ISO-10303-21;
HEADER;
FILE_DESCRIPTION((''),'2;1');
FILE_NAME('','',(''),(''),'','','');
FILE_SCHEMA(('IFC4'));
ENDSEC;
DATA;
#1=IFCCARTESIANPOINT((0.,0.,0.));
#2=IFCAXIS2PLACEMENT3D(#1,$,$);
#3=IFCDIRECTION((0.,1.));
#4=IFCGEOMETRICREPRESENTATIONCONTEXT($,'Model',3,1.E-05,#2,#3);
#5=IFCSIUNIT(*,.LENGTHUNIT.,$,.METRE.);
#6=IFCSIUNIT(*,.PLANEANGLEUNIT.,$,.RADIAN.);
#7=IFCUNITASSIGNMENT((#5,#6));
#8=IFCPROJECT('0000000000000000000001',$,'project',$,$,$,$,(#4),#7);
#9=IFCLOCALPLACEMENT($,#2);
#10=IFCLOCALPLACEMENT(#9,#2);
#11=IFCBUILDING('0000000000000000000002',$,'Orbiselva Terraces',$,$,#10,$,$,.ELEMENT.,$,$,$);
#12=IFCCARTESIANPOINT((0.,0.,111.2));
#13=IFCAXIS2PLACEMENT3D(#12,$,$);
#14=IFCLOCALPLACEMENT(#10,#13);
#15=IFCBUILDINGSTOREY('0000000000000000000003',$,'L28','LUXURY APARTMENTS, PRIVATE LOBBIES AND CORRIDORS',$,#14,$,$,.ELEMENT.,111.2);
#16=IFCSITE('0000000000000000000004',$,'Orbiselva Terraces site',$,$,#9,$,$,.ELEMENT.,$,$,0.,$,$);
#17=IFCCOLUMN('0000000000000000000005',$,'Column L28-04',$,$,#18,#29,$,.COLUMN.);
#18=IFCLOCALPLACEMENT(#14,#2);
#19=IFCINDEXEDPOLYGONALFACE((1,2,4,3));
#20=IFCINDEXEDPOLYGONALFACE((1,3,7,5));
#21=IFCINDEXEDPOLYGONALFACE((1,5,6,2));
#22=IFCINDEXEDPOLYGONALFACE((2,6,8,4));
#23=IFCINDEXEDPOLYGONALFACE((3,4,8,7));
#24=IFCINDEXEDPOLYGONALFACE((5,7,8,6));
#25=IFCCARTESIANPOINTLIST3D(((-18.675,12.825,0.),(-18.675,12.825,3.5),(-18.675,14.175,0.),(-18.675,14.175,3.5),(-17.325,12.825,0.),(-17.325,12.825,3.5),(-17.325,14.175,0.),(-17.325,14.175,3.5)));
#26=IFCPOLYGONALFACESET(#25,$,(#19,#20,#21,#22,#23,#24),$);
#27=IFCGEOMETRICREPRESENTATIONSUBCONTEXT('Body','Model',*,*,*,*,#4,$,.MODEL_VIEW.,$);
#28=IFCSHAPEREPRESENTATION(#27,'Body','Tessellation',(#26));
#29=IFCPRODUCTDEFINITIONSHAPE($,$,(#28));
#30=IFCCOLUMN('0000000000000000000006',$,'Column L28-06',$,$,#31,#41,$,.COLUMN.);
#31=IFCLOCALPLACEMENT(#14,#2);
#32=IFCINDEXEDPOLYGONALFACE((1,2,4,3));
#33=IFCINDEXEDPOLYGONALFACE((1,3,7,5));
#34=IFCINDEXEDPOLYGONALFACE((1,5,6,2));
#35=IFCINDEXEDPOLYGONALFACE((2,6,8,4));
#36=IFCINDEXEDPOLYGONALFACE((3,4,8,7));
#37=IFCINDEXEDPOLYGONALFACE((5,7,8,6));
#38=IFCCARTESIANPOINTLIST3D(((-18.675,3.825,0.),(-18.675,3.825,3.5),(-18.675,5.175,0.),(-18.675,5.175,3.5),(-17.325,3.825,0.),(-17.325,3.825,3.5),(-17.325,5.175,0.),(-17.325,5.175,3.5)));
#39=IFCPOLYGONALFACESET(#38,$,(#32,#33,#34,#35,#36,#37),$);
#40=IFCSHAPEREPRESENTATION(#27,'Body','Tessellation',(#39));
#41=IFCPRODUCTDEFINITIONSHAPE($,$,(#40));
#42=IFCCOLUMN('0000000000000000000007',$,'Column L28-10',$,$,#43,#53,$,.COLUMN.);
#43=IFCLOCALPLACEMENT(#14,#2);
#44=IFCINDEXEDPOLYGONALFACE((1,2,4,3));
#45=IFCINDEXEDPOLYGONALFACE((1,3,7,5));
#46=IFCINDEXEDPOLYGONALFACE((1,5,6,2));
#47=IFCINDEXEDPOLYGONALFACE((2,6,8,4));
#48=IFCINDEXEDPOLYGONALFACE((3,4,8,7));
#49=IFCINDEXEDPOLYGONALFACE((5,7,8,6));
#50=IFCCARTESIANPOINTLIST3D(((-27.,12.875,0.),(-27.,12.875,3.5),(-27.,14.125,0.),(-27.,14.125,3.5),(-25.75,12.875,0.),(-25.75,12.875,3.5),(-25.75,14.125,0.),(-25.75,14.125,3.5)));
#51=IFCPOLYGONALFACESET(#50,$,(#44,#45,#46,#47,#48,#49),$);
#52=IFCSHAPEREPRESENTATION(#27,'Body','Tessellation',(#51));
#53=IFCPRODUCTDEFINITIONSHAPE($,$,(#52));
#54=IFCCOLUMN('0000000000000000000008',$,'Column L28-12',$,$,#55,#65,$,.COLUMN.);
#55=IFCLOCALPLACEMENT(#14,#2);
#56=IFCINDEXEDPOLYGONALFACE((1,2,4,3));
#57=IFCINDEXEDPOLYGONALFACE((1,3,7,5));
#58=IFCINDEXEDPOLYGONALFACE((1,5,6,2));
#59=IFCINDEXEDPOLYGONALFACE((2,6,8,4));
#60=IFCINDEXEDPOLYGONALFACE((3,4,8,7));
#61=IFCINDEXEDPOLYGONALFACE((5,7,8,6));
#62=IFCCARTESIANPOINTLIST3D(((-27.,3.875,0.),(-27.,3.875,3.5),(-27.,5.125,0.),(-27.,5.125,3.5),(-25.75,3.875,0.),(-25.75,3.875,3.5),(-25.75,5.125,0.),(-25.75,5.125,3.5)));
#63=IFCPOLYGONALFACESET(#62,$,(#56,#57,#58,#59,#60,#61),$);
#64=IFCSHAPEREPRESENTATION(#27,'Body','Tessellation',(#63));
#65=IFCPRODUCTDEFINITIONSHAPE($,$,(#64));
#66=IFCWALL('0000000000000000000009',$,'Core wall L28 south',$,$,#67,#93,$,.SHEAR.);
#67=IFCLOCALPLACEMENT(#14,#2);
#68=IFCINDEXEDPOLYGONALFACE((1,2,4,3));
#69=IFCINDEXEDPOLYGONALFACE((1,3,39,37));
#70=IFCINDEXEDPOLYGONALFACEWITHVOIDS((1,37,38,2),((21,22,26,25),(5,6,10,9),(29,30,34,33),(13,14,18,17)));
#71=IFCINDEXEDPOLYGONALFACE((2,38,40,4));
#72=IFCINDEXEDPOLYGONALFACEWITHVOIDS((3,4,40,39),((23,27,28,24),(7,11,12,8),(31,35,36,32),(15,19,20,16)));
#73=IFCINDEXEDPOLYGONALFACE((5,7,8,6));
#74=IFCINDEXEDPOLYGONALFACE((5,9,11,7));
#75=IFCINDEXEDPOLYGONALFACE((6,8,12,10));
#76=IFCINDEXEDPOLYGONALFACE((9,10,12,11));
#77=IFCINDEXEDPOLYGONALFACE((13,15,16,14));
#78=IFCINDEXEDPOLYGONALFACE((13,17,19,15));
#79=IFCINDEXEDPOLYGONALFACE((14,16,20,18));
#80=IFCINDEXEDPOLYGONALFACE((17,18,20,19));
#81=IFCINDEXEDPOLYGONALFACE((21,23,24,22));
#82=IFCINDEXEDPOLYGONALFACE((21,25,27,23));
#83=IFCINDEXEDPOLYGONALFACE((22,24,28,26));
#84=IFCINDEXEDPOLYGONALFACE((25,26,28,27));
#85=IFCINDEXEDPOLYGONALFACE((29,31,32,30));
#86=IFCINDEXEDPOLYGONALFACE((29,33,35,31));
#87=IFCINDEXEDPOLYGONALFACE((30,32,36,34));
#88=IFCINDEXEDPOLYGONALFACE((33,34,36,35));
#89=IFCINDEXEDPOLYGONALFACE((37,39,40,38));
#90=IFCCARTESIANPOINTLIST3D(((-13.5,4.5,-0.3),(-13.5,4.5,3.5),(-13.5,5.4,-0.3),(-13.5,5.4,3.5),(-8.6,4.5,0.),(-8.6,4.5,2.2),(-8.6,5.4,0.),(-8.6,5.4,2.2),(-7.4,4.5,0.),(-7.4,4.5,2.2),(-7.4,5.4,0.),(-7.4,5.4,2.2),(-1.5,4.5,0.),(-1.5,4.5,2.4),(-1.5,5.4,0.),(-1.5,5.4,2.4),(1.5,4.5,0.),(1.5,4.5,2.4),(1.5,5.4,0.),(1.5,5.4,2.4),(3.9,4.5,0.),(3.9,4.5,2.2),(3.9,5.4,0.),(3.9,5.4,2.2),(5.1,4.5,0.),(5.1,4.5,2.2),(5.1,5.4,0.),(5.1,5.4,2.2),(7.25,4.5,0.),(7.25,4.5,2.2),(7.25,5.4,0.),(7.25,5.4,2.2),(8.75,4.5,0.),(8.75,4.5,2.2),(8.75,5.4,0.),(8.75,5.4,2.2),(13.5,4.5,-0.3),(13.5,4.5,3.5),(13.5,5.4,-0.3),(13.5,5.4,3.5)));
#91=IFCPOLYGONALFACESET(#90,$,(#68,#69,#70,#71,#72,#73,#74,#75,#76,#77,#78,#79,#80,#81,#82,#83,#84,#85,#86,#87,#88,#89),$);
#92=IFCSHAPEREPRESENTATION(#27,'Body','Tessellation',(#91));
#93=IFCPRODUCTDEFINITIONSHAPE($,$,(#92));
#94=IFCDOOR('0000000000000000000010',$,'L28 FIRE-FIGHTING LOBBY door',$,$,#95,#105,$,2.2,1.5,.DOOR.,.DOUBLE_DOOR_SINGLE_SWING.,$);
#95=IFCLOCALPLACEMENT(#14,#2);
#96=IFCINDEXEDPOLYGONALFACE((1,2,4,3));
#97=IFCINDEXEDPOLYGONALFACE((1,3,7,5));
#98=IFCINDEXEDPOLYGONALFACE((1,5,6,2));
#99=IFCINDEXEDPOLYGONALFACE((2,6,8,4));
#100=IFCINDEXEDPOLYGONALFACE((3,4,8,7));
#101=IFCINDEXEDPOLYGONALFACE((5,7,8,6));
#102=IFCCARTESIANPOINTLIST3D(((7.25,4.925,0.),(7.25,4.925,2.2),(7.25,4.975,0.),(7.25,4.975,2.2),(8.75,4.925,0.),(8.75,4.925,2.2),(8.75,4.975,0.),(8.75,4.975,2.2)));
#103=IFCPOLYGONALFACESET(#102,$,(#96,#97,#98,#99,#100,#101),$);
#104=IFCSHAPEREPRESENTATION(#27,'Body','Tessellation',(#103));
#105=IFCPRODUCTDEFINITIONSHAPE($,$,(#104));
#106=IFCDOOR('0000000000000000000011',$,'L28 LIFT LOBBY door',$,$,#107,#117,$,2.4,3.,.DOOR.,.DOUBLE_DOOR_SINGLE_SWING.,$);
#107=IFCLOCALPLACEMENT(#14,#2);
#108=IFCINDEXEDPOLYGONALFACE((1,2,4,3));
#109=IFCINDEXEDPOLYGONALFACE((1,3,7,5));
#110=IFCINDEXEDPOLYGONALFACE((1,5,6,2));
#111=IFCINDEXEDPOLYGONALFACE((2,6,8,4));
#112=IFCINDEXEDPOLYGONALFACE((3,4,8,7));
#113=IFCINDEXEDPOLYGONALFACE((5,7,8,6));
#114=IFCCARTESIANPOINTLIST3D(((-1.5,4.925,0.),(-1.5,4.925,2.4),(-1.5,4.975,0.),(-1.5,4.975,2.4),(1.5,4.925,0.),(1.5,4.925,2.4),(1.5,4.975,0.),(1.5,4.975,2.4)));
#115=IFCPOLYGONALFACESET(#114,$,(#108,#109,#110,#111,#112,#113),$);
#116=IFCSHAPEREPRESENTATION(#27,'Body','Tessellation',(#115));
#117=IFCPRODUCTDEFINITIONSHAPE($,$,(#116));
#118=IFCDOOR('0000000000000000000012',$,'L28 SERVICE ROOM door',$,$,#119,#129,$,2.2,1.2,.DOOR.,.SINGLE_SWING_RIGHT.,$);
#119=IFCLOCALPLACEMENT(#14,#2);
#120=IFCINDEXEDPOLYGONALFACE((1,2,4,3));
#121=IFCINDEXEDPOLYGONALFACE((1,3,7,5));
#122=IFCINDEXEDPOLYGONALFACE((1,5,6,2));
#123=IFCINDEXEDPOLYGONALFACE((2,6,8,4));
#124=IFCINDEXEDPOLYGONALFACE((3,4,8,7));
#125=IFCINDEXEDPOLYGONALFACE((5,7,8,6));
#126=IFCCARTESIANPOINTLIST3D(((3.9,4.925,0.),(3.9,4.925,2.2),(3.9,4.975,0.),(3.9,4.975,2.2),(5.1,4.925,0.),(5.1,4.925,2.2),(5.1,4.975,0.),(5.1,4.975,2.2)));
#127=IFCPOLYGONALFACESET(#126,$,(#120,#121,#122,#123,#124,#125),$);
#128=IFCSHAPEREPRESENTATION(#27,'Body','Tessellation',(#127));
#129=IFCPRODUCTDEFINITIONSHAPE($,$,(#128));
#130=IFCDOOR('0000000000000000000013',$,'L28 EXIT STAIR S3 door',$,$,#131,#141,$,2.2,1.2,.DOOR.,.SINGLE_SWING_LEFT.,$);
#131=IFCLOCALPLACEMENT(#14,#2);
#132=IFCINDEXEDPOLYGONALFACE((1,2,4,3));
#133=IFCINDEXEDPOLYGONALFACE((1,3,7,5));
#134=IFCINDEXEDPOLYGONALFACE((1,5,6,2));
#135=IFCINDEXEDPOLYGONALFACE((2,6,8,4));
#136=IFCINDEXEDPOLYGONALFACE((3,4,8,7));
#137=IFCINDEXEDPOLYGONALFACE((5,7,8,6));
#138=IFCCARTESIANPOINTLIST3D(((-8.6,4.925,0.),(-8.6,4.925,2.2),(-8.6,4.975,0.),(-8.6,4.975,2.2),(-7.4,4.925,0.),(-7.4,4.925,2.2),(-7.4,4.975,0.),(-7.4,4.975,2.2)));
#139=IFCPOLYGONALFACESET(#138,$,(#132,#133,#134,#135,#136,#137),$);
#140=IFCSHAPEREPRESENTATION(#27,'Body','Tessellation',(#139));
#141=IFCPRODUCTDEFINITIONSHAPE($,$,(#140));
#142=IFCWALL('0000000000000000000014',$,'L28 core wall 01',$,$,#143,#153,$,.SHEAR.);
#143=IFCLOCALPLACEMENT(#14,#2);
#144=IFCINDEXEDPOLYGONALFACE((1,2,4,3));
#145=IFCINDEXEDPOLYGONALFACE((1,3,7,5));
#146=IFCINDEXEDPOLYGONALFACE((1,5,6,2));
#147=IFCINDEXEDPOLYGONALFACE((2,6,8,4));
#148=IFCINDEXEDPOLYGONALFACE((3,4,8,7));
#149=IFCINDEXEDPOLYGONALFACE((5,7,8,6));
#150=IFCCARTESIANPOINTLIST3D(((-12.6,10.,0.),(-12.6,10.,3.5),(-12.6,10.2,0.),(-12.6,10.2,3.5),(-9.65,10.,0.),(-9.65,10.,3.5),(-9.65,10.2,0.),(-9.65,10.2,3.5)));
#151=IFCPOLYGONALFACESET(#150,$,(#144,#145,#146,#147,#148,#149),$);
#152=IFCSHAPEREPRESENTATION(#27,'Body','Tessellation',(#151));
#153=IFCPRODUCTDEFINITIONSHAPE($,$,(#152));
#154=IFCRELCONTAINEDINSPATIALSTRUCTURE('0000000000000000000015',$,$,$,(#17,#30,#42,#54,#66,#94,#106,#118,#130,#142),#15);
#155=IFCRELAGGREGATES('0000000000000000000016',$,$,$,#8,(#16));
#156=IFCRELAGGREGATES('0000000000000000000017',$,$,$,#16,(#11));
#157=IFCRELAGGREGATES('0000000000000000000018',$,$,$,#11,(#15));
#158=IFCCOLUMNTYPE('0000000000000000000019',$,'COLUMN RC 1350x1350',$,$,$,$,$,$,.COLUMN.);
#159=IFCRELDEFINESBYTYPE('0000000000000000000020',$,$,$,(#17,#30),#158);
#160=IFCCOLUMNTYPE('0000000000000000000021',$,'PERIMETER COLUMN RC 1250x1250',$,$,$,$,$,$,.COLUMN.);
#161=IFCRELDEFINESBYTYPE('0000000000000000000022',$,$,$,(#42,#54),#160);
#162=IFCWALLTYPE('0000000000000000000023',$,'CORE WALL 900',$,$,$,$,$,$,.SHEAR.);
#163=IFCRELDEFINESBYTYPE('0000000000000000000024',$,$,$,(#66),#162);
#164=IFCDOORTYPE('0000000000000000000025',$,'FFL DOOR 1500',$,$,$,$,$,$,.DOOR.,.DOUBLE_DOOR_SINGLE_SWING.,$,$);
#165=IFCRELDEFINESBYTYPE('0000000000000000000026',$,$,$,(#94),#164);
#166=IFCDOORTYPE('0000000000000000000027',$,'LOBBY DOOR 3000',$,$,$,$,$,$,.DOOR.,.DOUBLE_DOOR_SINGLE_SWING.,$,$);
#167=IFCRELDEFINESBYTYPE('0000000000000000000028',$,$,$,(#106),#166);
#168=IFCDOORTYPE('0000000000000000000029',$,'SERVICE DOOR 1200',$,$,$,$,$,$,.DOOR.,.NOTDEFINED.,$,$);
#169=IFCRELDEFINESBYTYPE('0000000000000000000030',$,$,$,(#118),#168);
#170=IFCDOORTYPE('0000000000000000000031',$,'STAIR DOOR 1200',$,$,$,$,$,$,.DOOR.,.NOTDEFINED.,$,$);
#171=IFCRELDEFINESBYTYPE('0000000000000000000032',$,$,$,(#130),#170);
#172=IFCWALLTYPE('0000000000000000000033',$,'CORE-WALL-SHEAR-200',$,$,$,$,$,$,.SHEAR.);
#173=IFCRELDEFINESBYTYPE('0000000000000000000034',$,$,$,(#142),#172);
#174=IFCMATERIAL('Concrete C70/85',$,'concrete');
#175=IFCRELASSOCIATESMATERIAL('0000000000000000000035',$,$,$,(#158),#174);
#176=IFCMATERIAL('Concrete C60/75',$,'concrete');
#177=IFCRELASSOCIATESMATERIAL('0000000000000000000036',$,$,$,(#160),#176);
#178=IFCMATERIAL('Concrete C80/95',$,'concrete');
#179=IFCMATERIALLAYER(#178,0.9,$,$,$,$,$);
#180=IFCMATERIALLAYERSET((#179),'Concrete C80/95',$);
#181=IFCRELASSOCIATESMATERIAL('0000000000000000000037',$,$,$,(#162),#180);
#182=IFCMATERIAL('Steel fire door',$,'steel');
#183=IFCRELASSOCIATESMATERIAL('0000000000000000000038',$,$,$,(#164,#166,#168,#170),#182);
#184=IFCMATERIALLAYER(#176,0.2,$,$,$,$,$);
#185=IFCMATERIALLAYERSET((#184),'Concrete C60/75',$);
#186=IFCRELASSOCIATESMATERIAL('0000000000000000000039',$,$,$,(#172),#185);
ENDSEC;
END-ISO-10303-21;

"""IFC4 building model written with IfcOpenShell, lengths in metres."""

from ifc_helpers import new_model, si_unit, direction, frame, frame_2d, origin, origin_2d, place, context, subcontext, project, spatial, rectangle, extrude, material, layer, layer_set, material_profile, profile_set, type_object, element, fill, save


model = new_model("IFC4")

# Units and contexts
model_context = context("Model", 3, precision=1e-05, world=origin(), true_north=direction((0.0, 1.0)))
body_context = subcontext(model_context, "Body", "Model", "MODEL_VIEW")
ifc_project = project(units=[si_unit("LENGTHUNIT", "METRE"), si_unit("PLANEANGLEUNIT", "RADIAN")], contexts=[model_context])

# Site, building, storey
site_placement = place(None, origin())
site = spatial("IfcSite", under=ifc_project, at=site_placement, Name="Orbiselva Terraces site", CompositionType="ELEMENT", RefElevation=0.0)
building_placement = place(site_placement, origin())
building = spatial("IfcBuilding", under=site, at=building_placement, Name="Orbiselva Terraces", CompositionType="ELEMENT")
storey_placement = place(building_placement, frame((0.0, 0.0, 111.2)))
storey = spatial("IfcBuildingStorey", under=building, at=storey_placement, Name="L28", Description="LUXURY APARTMENTS, PRIVATE LOBBIES AND CORRIDORS", CompositionType="ELEMENT", Elevation=111.2)

# Columns
ifc_material_1 = material(Name="Concrete C70/85", Category="concrete")
ifc_material_profile_1 = material_profile(ifc_material_1, rectangle(XDim=1.35, YDim=1.35, at=origin_2d()), Name="RC 1350x1350")
ifc_profile_set_1 = profile_set([ifc_material_profile_1], Name="Concrete C70/85")
column_type_1 = type_object("IfcColumnType", Name="COLUMN RC 1350x1350", PredefinedType="COLUMN", material=ifc_profile_set_1)
for number, where, z_axis, x_axis, name in (
    (1, (-18.0, 13.5, 0.0), (0.0, 0.0, 1.0), (1.0, 0.0, 0.0), "Column L28-04"),
    (2, (-18.0, 4.5, 0.0), (0.0, 0.0, 1.0), (1.0, 0.0, 0.0), "Column L28-06"),
):
    element("IfcColumn", number, at=place(storey_placement, frame(where, z_axis=z_axis, x_axis=x_axis)), inside=storey, type_object=column_type_1, Name=name, PredefinedType="COLUMN", context=body_context, shape_type="SweptSolid", body=[
        extrude(rectangle(XDim=1.35, YDim=1.35, at=origin_2d()), origin(), (0.0, 0.0, 1.0), 3.5),
    ])
ifc_material_2 = material(Name="Concrete C60/75", Category="concrete")
ifc_material_profile_2 = material_profile(ifc_material_2, rectangle(XDim=1.25, YDim=1.25, at=origin_2d()), Name="RC 1250x1250")
ifc_profile_set_2 = profile_set([ifc_material_profile_2], Name="Concrete C60/75")
column_type_2 = type_object("IfcColumnType", Name="PERIMETER COLUMN RC 1250x1250", PredefinedType="COLUMN", material=ifc_profile_set_2)
for number, where, z_axis, x_axis, name in (
    (3, (-26.375, 13.5, 0.0), (0.0, 0.0, 1.0), (1.0, 0.0, 0.0), "Column L28-10"),
    (4, (-26.375, 4.5, 0.0), (0.0, 0.0, 1.0), (1.0, 0.0, 0.0), "Column L28-12"),
):
    element("IfcColumn", number, at=place(storey_placement, frame(where, z_axis=z_axis, x_axis=x_axis)), inside=storey, type_object=column_type_2, Name=name, PredefinedType="COLUMN", context=body_context, shape_type="SweptSolid", body=[
        extrude(rectangle(XDim=1.25, YDim=1.25, at=origin_2d()), origin(), (0.0, 0.0, 1.0), 3.5),
    ])

# Wall, openings, doors
ifc_material_3 = material(Name="Concrete C80/95", Category="concrete")
ifc_layer_1 = layer(ifc_material_3, 0.9)
ifc_layer_set_1 = layer_set([ifc_layer_1], Name="Concrete C80/95")
wall_type_1 = type_object("IfcWallType", Name="CORE WALL 900", PredefinedType="SHEAR", material=ifc_layer_set_1)
wall_1_placement = place(storey_placement, frame((-13.5, 4.95, -0.3), z_axis=(0.0, 0.0, 1.0), x_axis=(1.0, 0.0, 0.0)))
wall_1 = element("IfcWall", 5, at=wall_1_placement, inside=storey, type_object=wall_type_1, Name="Core wall L28 south", PredefinedType="SHEAR", context=body_context, shape_type="SweptSolid", body=[
    extrude(rectangle(XDim=27.0, YDim=0.9, at=frame_2d((13.5, 0.0))), origin(), (0.0, 0.0, 1.0), 3.8),
])
opening_1_placement = place(wall_1_placement, frame((12.0, 0.0, 0.3)))
opening_1 = element("IfcOpeningElement", 6, at=opening_1_placement, cuts=wall_1, PredefinedType="OPENING", context=body_context, shape_type="SweptSolid", body=[
    extrude(rectangle(XDim=3.0, YDim=2.4, at=frame_2d((1.5, 1.2))), frame((0.0, 0.46, 0.0), z_axis=(0.0, -1.0, 0.0), x_axis=(1.0, 0.0, 0.0)), (0.0, 0.0, 1.0), 0.92),
])
opening_2_placement = place(wall_1_placement, frame((4.9, 0.0, 0.3)))
opening_2 = element("IfcOpeningElement", 7, at=opening_2_placement, cuts=wall_1, PredefinedType="OPENING", context=body_context, shape_type="SweptSolid", body=[
    extrude(rectangle(XDim=1.2, YDim=2.2, at=frame_2d((0.6, 1.1))), frame((0.0, 0.46, 0.0), z_axis=(0.0, -1.0, 0.0), x_axis=(1.0, 0.0, 0.0)), (0.0, 0.0, 1.0), 0.92),
])
opening_3_placement = place(wall_1_placement, frame((20.75, 0.0, 0.3)))
opening_3 = element("IfcOpeningElement", 8, at=opening_3_placement, cuts=wall_1, PredefinedType="OPENING", context=body_context, shape_type="SweptSolid", body=[
    extrude(rectangle(XDim=1.5, YDim=2.2, at=frame_2d((0.75, 1.1))), frame((0.0, 0.46, 0.0), z_axis=(0.0, -1.0, 0.0), x_axis=(1.0, 0.0, 0.0)), (0.0, 0.0, 1.0), 0.92),
])
opening_4_placement = place(wall_1_placement, frame((17.4, 0.0, 0.3)))
opening_4 = element("IfcOpeningElement", 9, at=opening_4_placement, cuts=wall_1, PredefinedType="OPENING", context=body_context, shape_type="SweptSolid", body=[
    extrude(rectangle(XDim=1.2, YDim=2.2, at=frame_2d((0.6, 1.1))), frame((0.0, 0.46, 0.0), z_axis=(0.0, -1.0, 0.0), x_axis=(1.0, 0.0, 0.0)), (0.0, 0.0, 1.0), 0.92),
])
ifc_material_4 = material(Name="Steel fire door", Category="steel")
door_type_1 = type_object("IfcDoorType", Name="FFL DOOR 1500", OperationType="DOUBLE_DOOR_SINGLE_SWING", PredefinedType="DOOR", material=ifc_material_4)
door_1_placement = place(opening_3_placement, frame((1.5, 0.0, 0.0), z_axis=(0.0, 0.0, 1.0), x_axis=(-1.0, 0.0, 0.0)))
door_1 = element("IfcDoor", 10, at=door_1_placement, inside=storey, type_object=door_type_1, Name="L28 FIRE-FIGHTING LOBBY door", OperationType="DOUBLE_DOOR_SINGLE_SWING", OverallHeight=2.2, OverallWidth=1.5, PredefinedType="DOOR", context=body_context, shape_type="SweptSolid", body=[
    extrude(rectangle(XDim=1.5, YDim=2.2, at=frame_2d((0.75, 1.1))), frame((0.0, 0.025, 0.0), z_axis=(0.0, -1.0, 0.0), x_axis=(1.0, 0.0, 0.0)), (0.0, 0.0, 1.0), 0.05),
])
fill(opening_3, door_1)
door_type_2 = type_object("IfcDoorType", Name="LOBBY DOOR 3000", OperationType="DOUBLE_DOOR_SINGLE_SWING", PredefinedType="DOOR", material=ifc_material_4)
door_2_placement = place(opening_1_placement, frame((3.0, 0.0, 0.0), z_axis=(0.0, 0.0, 1.0), x_axis=(-1.0, 0.0, 0.0)))
door_2 = element("IfcDoor", 11, at=door_2_placement, inside=storey, type_object=door_type_2, Name="L28 LIFT LOBBY door", OperationType="DOUBLE_DOOR_SINGLE_SWING", OverallHeight=2.4, OverallWidth=3.0, PredefinedType="DOOR", context=body_context, shape_type="SweptSolid", body=[
    extrude(rectangle(XDim=3.0, YDim=2.4, at=frame_2d((1.5, 1.2))), frame((0.0, 0.025, 0.0), z_axis=(0.0, -1.0, 0.0), x_axis=(1.0, 0.0, 0.0)), (0.0, 0.0, 1.0), 0.05),
])
fill(opening_1, door_2)
door_type_3 = type_object("IfcDoorType", Name="SERVICE DOOR 1200", OperationType="NOTDEFINED", PredefinedType="DOOR", material=ifc_material_4)
door_3_placement = place(opening_4_placement, frame((1.2, 0.0, 0.0), z_axis=(0.0, 0.0, 1.0), x_axis=(-1.0, 0.0, 0.0)))
door_3 = element("IfcDoor", 12, at=door_3_placement, inside=storey, type_object=door_type_3, Name="L28 SERVICE ROOM door", OperationType="SINGLE_SWING_RIGHT", OverallHeight=2.2, OverallWidth=1.2, PredefinedType="DOOR", context=body_context, shape_type="SweptSolid", body=[
    extrude(rectangle(XDim=1.2, YDim=2.2, at=frame_2d((0.6, 1.1))), frame((0.0, 0.025, 0.0), z_axis=(0.0, -1.0, 0.0), x_axis=(1.0, 0.0, 0.0)), (0.0, 0.0, 1.0), 0.05),
])
fill(opening_4, door_3)
door_type_4 = type_object("IfcDoorType", Name="STAIR DOOR 1200", OperationType="NOTDEFINED", PredefinedType="DOOR", material=ifc_material_4)
door_4_placement = place(opening_2_placement, frame((1.2, 0.0, 0.0), z_axis=(0.0, 0.0, 1.0), x_axis=(-1.0, 0.0, 0.0)))
door_4 = element("IfcDoor", 13, at=door_4_placement, inside=storey, type_object=door_type_4, Name="L28 EXIT STAIR S3 door", OperationType="SINGLE_SWING_LEFT", OverallHeight=2.2, OverallWidth=1.2, PredefinedType="DOOR", context=body_context, shape_type="SweptSolid", body=[
    extrude(rectangle(XDim=1.2, YDim=2.2, at=frame_2d((0.6, 1.1))), frame((0.0, 0.025, 0.0), z_axis=(0.0, -1.0, 0.0), x_axis=(1.0, 0.0, 0.0)), (0.0, 0.0, 1.0), 0.05),
])
fill(opening_2, door_4)

# Wall
ifc_layer_2 = layer(ifc_material_2, 0.2)
ifc_layer_set_2 = layer_set([ifc_layer_2], Name="Concrete C60/75")
wall_type_2 = type_object("IfcWallType", Name="CORE-WALL-SHEAR-200", PredefinedType="SHEAR", material=ifc_layer_set_2)
wall_2_placement = place(storey_placement, frame((-12.6, 10.1, 0.0), z_axis=(0.0, 0.0, 1.0), x_axis=(1.0, 0.0, 0.0)))
element("IfcWall", 14, at=wall_2_placement, inside=storey, type_object=wall_type_2, Name="L28 core wall 01", PredefinedType="SHEAR", context=body_context, shape_type="SweptSolid", body=[
    extrude(rectangle(XDim=2.95, YDim=0.2, at=frame_2d((1.475, 0.0))), origin(), (0.0, 0.0, 1.0), 3.5),
])

save(model, "model.ifc")
